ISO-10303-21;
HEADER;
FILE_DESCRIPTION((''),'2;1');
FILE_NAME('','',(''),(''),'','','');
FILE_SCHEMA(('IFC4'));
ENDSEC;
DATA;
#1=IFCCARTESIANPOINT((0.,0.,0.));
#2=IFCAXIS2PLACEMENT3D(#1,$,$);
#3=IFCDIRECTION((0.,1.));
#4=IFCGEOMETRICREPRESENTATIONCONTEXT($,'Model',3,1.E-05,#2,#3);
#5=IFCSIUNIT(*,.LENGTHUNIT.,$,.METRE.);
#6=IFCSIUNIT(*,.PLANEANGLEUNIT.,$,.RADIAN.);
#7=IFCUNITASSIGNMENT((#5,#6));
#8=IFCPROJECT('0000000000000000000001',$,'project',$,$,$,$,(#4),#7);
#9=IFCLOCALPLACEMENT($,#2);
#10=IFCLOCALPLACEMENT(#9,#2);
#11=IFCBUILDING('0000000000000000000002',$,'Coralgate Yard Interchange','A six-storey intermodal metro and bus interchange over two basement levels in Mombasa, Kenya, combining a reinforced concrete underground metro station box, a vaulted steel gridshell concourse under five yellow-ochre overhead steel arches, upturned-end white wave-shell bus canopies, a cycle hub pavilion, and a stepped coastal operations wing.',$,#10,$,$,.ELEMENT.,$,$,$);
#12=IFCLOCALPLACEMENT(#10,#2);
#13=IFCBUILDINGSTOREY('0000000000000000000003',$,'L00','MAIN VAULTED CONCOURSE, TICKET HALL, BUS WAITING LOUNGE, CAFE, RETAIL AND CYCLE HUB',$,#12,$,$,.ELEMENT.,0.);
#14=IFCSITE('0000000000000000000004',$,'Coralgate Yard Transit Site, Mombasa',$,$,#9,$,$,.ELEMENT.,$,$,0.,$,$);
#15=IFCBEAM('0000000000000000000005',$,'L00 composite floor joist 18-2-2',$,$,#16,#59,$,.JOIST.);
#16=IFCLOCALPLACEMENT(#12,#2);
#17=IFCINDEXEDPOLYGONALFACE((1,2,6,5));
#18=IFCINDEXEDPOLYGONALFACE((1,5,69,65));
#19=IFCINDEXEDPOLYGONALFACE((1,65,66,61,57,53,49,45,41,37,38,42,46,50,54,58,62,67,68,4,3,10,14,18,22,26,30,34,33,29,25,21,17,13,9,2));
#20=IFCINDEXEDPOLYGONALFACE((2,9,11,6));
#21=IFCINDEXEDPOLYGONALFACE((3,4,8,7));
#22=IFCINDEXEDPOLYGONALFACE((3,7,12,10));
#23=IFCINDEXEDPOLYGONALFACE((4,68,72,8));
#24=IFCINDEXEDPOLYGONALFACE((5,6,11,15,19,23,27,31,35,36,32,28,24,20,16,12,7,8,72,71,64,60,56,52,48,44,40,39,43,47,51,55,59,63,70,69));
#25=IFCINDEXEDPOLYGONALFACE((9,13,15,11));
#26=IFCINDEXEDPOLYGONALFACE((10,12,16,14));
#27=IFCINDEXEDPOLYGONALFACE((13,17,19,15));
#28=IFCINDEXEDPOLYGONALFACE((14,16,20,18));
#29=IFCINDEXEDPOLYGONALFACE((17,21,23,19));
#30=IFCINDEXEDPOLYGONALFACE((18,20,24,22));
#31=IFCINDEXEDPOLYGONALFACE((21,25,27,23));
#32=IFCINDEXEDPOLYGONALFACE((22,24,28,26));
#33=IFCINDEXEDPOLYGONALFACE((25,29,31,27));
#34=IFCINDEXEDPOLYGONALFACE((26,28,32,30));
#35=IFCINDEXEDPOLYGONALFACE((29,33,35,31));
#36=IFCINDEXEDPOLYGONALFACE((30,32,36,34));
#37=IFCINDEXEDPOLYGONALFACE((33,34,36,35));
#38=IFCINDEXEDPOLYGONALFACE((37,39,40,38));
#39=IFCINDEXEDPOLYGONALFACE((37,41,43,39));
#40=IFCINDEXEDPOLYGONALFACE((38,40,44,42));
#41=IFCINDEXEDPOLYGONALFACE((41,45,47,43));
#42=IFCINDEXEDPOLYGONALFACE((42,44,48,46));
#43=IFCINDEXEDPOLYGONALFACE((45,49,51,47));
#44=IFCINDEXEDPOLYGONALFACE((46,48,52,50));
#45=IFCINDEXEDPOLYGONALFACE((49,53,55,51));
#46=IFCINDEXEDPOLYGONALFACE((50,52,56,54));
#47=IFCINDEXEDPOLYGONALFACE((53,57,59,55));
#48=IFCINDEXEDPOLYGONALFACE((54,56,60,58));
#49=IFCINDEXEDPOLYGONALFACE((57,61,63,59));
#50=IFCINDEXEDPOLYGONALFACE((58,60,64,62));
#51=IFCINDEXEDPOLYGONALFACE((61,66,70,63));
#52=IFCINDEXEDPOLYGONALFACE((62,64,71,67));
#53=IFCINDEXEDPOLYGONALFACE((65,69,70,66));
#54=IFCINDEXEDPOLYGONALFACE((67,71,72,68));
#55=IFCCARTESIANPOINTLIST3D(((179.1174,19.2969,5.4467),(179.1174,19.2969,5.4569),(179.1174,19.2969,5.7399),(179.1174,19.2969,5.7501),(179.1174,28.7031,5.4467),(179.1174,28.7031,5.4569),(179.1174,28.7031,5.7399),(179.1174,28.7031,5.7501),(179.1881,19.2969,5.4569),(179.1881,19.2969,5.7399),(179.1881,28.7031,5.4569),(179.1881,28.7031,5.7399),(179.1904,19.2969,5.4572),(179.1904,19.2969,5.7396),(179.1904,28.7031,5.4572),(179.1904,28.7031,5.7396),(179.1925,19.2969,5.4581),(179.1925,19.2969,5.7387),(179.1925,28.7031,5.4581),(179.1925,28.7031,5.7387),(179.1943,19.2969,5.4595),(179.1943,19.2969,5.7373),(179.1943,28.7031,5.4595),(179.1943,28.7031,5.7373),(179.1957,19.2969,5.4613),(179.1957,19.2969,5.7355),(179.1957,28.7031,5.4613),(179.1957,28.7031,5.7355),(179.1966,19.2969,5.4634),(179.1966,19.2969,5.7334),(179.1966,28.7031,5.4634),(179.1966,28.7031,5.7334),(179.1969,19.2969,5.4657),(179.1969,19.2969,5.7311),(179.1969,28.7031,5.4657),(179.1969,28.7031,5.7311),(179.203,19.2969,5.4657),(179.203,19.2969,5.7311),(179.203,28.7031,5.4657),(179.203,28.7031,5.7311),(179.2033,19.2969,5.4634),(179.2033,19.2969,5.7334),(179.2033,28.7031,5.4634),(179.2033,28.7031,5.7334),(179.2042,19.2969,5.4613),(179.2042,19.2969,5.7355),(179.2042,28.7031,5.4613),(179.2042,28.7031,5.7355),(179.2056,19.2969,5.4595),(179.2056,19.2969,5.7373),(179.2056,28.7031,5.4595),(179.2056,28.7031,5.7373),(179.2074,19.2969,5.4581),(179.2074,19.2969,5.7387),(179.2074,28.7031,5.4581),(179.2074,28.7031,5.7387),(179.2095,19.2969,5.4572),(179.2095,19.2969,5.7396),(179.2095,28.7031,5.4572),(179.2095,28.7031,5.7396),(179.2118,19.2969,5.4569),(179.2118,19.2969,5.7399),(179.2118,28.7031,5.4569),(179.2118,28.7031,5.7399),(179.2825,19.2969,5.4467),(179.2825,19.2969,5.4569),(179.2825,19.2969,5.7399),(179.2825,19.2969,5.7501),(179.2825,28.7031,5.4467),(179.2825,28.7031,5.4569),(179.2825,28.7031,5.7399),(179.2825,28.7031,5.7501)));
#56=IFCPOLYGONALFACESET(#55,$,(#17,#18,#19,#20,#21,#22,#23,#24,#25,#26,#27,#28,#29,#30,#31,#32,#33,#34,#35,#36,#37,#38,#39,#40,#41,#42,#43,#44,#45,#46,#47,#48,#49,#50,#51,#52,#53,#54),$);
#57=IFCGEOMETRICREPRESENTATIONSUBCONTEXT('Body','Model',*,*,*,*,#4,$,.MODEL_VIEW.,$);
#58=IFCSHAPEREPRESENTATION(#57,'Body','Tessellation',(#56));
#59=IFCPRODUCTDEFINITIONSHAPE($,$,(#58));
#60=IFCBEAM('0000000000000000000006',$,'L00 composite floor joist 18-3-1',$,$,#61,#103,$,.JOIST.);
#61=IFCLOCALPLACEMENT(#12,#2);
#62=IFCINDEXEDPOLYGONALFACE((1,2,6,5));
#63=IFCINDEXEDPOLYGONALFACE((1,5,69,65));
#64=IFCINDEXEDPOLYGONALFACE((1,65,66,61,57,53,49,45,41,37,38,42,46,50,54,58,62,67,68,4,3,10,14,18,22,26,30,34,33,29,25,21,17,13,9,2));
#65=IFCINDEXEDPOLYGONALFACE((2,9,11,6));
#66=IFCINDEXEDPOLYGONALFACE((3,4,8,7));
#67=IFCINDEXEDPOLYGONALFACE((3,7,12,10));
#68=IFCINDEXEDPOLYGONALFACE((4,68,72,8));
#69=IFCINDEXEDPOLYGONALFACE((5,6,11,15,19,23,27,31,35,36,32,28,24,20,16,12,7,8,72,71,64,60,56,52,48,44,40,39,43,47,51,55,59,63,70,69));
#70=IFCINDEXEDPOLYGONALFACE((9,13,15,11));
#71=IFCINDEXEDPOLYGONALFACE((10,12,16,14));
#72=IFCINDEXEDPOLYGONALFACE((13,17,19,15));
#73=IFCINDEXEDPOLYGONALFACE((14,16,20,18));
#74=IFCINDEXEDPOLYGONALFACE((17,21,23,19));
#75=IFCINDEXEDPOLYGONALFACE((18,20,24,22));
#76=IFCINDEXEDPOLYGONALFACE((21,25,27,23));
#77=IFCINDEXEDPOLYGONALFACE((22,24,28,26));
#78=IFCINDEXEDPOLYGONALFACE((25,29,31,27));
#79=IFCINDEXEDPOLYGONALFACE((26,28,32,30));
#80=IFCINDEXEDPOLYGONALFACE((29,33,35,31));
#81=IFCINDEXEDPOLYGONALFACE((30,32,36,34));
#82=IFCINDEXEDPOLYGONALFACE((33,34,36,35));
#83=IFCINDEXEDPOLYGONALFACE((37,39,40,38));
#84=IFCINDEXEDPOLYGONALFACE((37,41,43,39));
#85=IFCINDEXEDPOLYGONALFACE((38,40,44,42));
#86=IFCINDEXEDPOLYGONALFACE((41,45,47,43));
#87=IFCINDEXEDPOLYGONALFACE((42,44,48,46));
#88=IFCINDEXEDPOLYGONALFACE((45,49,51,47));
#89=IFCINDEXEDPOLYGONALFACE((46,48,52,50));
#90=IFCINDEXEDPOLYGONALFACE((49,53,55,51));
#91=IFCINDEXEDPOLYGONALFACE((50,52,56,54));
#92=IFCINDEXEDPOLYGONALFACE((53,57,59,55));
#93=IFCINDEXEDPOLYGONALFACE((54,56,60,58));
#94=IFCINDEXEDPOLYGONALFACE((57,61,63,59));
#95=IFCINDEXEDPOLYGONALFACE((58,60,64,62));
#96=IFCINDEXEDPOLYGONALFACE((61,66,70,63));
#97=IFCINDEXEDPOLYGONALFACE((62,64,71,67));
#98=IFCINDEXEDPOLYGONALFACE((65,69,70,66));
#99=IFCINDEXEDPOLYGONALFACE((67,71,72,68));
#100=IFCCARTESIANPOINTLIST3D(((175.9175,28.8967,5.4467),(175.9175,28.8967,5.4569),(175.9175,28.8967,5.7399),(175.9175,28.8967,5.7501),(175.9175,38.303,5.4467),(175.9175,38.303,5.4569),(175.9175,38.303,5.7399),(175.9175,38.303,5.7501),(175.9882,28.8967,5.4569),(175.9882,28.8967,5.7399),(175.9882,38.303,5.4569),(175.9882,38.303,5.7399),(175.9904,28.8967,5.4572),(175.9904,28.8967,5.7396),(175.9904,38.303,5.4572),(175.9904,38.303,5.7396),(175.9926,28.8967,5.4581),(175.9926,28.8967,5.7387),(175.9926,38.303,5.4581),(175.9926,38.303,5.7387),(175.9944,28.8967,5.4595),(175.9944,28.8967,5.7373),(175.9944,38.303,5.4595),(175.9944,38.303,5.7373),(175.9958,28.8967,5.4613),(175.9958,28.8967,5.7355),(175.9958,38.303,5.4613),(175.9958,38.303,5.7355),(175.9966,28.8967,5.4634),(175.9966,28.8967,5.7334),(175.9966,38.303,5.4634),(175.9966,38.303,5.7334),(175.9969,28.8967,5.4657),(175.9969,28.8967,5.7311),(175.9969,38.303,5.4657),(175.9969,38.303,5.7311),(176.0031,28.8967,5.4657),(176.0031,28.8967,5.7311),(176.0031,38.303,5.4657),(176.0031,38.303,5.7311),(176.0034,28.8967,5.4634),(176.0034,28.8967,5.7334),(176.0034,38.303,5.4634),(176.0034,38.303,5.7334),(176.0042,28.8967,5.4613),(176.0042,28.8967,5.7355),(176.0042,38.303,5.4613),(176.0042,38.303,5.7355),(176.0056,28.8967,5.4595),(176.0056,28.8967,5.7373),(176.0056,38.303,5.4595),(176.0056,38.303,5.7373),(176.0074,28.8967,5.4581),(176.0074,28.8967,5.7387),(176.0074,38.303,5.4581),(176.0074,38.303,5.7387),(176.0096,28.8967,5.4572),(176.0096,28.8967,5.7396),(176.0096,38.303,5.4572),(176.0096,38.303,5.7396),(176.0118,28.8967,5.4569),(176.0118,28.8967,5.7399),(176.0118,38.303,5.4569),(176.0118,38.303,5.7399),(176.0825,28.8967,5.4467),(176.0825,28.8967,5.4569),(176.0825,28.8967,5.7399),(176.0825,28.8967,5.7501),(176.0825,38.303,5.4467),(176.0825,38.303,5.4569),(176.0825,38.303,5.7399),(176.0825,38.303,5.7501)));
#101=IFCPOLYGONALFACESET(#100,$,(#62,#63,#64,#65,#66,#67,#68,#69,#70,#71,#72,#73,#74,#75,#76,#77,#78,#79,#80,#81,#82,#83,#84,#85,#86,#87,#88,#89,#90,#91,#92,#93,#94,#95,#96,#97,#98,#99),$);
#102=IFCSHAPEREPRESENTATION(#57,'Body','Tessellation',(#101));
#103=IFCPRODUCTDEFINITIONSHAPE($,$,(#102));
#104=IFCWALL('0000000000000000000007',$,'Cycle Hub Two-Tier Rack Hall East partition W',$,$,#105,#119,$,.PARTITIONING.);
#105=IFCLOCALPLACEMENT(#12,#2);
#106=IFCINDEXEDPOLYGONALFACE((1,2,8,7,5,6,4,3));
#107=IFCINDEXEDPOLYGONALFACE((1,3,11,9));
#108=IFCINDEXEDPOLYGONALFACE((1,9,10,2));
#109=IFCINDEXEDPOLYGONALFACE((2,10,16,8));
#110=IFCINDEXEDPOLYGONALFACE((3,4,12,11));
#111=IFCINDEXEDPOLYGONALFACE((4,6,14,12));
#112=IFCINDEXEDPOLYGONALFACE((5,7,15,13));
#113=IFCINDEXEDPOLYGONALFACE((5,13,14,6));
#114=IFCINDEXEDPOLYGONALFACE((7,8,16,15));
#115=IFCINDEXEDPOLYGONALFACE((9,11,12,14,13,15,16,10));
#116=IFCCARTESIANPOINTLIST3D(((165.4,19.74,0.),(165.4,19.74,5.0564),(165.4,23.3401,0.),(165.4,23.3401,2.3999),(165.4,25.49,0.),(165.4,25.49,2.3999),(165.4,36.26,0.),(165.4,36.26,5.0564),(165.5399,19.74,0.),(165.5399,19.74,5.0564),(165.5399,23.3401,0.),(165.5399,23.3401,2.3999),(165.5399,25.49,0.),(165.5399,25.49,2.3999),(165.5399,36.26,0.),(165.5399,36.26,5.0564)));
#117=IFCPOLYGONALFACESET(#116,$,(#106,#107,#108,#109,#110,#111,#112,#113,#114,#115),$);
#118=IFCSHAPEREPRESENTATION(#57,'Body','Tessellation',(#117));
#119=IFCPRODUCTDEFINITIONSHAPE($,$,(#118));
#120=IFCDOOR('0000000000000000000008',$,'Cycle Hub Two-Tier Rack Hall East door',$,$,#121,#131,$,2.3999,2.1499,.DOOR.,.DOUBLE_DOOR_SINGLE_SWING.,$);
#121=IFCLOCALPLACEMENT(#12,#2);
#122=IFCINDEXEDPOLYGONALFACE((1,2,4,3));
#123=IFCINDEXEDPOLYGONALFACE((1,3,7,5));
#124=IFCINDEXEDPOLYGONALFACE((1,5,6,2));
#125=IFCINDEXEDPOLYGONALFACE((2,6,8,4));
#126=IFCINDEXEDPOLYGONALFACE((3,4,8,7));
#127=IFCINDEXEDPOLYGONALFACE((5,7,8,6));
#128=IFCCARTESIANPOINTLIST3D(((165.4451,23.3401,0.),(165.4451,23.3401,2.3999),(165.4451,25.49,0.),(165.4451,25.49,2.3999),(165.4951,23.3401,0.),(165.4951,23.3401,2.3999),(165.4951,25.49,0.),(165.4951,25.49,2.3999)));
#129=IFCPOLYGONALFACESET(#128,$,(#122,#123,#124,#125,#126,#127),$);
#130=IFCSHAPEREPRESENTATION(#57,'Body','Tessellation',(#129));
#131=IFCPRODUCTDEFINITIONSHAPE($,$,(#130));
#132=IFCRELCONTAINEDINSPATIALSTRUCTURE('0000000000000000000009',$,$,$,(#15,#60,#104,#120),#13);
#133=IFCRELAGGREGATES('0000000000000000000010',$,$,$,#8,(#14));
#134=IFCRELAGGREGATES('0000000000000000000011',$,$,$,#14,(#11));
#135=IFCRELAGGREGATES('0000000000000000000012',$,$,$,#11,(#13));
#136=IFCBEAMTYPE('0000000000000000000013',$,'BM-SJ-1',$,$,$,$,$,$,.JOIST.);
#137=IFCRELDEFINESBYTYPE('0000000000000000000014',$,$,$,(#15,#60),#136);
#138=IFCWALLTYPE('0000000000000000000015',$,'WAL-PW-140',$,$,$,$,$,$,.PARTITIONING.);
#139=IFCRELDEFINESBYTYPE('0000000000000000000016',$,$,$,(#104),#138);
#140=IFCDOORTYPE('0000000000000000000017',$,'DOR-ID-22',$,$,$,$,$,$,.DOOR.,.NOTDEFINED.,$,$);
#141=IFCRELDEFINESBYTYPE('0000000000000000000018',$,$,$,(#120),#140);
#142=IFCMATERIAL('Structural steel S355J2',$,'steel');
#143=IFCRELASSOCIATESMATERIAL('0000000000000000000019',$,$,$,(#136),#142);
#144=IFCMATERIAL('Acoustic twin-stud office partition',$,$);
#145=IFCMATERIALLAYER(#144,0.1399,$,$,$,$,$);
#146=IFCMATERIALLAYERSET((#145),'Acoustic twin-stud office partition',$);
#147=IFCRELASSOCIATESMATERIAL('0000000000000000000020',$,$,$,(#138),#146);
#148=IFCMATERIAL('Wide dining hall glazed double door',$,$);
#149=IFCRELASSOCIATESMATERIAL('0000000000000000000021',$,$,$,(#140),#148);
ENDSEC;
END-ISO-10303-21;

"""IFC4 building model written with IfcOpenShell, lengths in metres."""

from ifc_helpers import new_model, si_unit, direction, frame, frame_2d, origin, origin_2d, place, context, subcontext, project, spatial, rectangle, i_section, extrude, material, layer, layer_set, material_profile, profile_set, type_object, element, fill, save


model = new_model("IFC4")

# Units and contexts
model_context = context("Model", 3, precision=1e-05, world=origin(), true_north=direction((0.0, 1.0)))
body_context = subcontext(model_context, "Body", "Model", "MODEL_VIEW")
ifc_project = project(units=[si_unit("LENGTHUNIT", "METRE"), si_unit("PLANEANGLEUNIT", "RADIAN")], contexts=[model_context])

# Site, building, storey
site_placement = place(None, origin())
site = spatial("IfcSite", under=ifc_project, at=site_placement, Name="Coralgate Yard Transit Site, Mombasa", CompositionType="ELEMENT", RefElevation=0.0)
building_placement = place(site_placement, origin())
building = spatial("IfcBuilding", under=site, at=building_placement, Name="Coralgate Yard Interchange", Description="A six-storey intermodal metro and bus interchange over two basement levels in Mombasa, Kenya, combining a reinforced concrete underground metro station box, a vaulted steel gridshell concourse under five yellow-ochre overhead steel arches, upturned-end white wave-shell bus canopies, a cycle hub pavilion, and a stepped coastal operations wing.", CompositionType="ELEMENT")
storey_placement = place(building_placement, origin())
storey = spatial("IfcBuildingStorey", under=building, at=storey_placement, Name="L00", Description="MAIN VAULTED CONCOURSE, TICKET HALL, BUS WAITING LOUNGE, CAFE, RETAIL AND CYCLE HUB", CompositionType="ELEMENT", Elevation=0.0)

# Shared definitions
ifc_material_1 = material(Name="Structural steel S355J2", Category="steel")

# Beams
ifc_material_profile_1 = material_profile(ifc_material_1, i_section(OverallWidth=0.165, OverallDepth=0.3035, WebThickness=0.0061, FlangeThickness=0.0103, FilletRadius=0.0088, at=origin_2d()), Name="UB 305x165x40")
ifc_profile_set_1 = profile_set([ifc_material_profile_1], Name="Structural steel S355J2")
beam_type_1 = type_object("IfcBeamType", Name="BM-SJ-1", PredefinedType="JOIST", material=ifc_profile_set_1)
for number, where, z_axis, x_axis, name in (
    (1, (179.2, 19.2969, 5.5984), (0.0, 1.0, 0.0), (-1.0, 0.0, 0.0), "L00 composite floor joist 18-2-2"),
    (2, (176.0, 28.8967, 5.5984), (0.0, 1.0, 0.0), (-1.0, 0.0, 0.0), "L00 composite floor joist 18-3-1"),
):
    element("IfcBeam", number, at=place(storey_placement, frame(where, z_axis=z_axis, x_axis=x_axis)), inside=storey, type_object=beam_type_1, Name=name, PredefinedType="JOIST", context=body_context, shape_type="SweptSolid", body=[
        extrude(i_section(OverallWidth=0.165, OverallDepth=0.3035, WebThickness=0.0061, FlangeThickness=0.0103, FilletRadius=0.0088, at=origin_2d()), origin(), (0.0, 0.0, 1.0), 9.4062),
    ])

# Wall, opening, door
ifc_material_2 = material(Name="Acoustic twin-stud office partition")
ifc_layer = layer(ifc_material_2, 0.1399)
ifc_layer_set = layer_set([ifc_layer], Name="Acoustic twin-stud office partition")
wall_type = type_object("IfcWallType", Name="WAL-PW-140", PredefinedType="PARTITIONING", material=ifc_layer_set)
wall_placement = place(storey_placement, frame((165.47, 19.74, 0.0), z_axis=(0.0, 0.0, 1.0), x_axis=(0.0, 1.0, 0.0)))
wall = element("IfcWall", 3, at=wall_placement, inside=storey, type_object=wall_type, Name="Cycle Hub Two-Tier Rack Hall East partition W", PredefinedType="PARTITIONING", context=body_context, shape_type="SweptSolid", body=[
    extrude(rectangle(XDim=16.52, YDim=0.1399, at=frame_2d((8.26, 0.0))), origin(), (0.0, 0.0, 1.0), 5.0564),
])
opening_placement = place(wall_placement, frame((3.6001, 0.0, 0.0)))
opening = element("IfcOpeningElement", 4, at=opening_placement, cuts=wall, PredefinedType="OPENING", context=body_context, shape_type="SweptSolid", body=[
    extrude(rectangle(XDim=2.1499, YDim=2.3999, at=frame_2d((1.075, 1.2))), frame((0.0, 0.0798, 0.0), z_axis=(0.0, -1.0, 0.0), x_axis=(1.0, 0.0, 0.0)), (0.0, 0.0, 1.0), 0.1599),
])
ifc_material_3 = material(Name="Wide dining hall glazed double door")
door_type = type_object("IfcDoorType", Name="DOR-ID-22", OperationType="NOTDEFINED", PredefinedType="DOOR", material=ifc_material_3)
door_placement = place(opening_placement, origin())
door = element("IfcDoor", 5, at=door_placement, inside=storey, type_object=door_type, Name="Cycle Hub Two-Tier Rack Hall East door", OperationType="DOUBLE_DOOR_SINGLE_SWING", OverallHeight=2.3999, OverallWidth=2.1499, PredefinedType="DOOR", context=body_context, shape_type="SweptSolid", body=[
    extrude(rectangle(XDim=2.1499, YDim=2.3999, at=frame_2d((1.075, 1.2))), frame((0.0, 0.0249, 0.0), z_axis=(0.0, -1.0, 0.0), x_axis=(1.0, 0.0, 0.0)), (0.0, 0.0, 1.0), 0.05),
])
fill(opening, door)

save(model, "model.ifc")
